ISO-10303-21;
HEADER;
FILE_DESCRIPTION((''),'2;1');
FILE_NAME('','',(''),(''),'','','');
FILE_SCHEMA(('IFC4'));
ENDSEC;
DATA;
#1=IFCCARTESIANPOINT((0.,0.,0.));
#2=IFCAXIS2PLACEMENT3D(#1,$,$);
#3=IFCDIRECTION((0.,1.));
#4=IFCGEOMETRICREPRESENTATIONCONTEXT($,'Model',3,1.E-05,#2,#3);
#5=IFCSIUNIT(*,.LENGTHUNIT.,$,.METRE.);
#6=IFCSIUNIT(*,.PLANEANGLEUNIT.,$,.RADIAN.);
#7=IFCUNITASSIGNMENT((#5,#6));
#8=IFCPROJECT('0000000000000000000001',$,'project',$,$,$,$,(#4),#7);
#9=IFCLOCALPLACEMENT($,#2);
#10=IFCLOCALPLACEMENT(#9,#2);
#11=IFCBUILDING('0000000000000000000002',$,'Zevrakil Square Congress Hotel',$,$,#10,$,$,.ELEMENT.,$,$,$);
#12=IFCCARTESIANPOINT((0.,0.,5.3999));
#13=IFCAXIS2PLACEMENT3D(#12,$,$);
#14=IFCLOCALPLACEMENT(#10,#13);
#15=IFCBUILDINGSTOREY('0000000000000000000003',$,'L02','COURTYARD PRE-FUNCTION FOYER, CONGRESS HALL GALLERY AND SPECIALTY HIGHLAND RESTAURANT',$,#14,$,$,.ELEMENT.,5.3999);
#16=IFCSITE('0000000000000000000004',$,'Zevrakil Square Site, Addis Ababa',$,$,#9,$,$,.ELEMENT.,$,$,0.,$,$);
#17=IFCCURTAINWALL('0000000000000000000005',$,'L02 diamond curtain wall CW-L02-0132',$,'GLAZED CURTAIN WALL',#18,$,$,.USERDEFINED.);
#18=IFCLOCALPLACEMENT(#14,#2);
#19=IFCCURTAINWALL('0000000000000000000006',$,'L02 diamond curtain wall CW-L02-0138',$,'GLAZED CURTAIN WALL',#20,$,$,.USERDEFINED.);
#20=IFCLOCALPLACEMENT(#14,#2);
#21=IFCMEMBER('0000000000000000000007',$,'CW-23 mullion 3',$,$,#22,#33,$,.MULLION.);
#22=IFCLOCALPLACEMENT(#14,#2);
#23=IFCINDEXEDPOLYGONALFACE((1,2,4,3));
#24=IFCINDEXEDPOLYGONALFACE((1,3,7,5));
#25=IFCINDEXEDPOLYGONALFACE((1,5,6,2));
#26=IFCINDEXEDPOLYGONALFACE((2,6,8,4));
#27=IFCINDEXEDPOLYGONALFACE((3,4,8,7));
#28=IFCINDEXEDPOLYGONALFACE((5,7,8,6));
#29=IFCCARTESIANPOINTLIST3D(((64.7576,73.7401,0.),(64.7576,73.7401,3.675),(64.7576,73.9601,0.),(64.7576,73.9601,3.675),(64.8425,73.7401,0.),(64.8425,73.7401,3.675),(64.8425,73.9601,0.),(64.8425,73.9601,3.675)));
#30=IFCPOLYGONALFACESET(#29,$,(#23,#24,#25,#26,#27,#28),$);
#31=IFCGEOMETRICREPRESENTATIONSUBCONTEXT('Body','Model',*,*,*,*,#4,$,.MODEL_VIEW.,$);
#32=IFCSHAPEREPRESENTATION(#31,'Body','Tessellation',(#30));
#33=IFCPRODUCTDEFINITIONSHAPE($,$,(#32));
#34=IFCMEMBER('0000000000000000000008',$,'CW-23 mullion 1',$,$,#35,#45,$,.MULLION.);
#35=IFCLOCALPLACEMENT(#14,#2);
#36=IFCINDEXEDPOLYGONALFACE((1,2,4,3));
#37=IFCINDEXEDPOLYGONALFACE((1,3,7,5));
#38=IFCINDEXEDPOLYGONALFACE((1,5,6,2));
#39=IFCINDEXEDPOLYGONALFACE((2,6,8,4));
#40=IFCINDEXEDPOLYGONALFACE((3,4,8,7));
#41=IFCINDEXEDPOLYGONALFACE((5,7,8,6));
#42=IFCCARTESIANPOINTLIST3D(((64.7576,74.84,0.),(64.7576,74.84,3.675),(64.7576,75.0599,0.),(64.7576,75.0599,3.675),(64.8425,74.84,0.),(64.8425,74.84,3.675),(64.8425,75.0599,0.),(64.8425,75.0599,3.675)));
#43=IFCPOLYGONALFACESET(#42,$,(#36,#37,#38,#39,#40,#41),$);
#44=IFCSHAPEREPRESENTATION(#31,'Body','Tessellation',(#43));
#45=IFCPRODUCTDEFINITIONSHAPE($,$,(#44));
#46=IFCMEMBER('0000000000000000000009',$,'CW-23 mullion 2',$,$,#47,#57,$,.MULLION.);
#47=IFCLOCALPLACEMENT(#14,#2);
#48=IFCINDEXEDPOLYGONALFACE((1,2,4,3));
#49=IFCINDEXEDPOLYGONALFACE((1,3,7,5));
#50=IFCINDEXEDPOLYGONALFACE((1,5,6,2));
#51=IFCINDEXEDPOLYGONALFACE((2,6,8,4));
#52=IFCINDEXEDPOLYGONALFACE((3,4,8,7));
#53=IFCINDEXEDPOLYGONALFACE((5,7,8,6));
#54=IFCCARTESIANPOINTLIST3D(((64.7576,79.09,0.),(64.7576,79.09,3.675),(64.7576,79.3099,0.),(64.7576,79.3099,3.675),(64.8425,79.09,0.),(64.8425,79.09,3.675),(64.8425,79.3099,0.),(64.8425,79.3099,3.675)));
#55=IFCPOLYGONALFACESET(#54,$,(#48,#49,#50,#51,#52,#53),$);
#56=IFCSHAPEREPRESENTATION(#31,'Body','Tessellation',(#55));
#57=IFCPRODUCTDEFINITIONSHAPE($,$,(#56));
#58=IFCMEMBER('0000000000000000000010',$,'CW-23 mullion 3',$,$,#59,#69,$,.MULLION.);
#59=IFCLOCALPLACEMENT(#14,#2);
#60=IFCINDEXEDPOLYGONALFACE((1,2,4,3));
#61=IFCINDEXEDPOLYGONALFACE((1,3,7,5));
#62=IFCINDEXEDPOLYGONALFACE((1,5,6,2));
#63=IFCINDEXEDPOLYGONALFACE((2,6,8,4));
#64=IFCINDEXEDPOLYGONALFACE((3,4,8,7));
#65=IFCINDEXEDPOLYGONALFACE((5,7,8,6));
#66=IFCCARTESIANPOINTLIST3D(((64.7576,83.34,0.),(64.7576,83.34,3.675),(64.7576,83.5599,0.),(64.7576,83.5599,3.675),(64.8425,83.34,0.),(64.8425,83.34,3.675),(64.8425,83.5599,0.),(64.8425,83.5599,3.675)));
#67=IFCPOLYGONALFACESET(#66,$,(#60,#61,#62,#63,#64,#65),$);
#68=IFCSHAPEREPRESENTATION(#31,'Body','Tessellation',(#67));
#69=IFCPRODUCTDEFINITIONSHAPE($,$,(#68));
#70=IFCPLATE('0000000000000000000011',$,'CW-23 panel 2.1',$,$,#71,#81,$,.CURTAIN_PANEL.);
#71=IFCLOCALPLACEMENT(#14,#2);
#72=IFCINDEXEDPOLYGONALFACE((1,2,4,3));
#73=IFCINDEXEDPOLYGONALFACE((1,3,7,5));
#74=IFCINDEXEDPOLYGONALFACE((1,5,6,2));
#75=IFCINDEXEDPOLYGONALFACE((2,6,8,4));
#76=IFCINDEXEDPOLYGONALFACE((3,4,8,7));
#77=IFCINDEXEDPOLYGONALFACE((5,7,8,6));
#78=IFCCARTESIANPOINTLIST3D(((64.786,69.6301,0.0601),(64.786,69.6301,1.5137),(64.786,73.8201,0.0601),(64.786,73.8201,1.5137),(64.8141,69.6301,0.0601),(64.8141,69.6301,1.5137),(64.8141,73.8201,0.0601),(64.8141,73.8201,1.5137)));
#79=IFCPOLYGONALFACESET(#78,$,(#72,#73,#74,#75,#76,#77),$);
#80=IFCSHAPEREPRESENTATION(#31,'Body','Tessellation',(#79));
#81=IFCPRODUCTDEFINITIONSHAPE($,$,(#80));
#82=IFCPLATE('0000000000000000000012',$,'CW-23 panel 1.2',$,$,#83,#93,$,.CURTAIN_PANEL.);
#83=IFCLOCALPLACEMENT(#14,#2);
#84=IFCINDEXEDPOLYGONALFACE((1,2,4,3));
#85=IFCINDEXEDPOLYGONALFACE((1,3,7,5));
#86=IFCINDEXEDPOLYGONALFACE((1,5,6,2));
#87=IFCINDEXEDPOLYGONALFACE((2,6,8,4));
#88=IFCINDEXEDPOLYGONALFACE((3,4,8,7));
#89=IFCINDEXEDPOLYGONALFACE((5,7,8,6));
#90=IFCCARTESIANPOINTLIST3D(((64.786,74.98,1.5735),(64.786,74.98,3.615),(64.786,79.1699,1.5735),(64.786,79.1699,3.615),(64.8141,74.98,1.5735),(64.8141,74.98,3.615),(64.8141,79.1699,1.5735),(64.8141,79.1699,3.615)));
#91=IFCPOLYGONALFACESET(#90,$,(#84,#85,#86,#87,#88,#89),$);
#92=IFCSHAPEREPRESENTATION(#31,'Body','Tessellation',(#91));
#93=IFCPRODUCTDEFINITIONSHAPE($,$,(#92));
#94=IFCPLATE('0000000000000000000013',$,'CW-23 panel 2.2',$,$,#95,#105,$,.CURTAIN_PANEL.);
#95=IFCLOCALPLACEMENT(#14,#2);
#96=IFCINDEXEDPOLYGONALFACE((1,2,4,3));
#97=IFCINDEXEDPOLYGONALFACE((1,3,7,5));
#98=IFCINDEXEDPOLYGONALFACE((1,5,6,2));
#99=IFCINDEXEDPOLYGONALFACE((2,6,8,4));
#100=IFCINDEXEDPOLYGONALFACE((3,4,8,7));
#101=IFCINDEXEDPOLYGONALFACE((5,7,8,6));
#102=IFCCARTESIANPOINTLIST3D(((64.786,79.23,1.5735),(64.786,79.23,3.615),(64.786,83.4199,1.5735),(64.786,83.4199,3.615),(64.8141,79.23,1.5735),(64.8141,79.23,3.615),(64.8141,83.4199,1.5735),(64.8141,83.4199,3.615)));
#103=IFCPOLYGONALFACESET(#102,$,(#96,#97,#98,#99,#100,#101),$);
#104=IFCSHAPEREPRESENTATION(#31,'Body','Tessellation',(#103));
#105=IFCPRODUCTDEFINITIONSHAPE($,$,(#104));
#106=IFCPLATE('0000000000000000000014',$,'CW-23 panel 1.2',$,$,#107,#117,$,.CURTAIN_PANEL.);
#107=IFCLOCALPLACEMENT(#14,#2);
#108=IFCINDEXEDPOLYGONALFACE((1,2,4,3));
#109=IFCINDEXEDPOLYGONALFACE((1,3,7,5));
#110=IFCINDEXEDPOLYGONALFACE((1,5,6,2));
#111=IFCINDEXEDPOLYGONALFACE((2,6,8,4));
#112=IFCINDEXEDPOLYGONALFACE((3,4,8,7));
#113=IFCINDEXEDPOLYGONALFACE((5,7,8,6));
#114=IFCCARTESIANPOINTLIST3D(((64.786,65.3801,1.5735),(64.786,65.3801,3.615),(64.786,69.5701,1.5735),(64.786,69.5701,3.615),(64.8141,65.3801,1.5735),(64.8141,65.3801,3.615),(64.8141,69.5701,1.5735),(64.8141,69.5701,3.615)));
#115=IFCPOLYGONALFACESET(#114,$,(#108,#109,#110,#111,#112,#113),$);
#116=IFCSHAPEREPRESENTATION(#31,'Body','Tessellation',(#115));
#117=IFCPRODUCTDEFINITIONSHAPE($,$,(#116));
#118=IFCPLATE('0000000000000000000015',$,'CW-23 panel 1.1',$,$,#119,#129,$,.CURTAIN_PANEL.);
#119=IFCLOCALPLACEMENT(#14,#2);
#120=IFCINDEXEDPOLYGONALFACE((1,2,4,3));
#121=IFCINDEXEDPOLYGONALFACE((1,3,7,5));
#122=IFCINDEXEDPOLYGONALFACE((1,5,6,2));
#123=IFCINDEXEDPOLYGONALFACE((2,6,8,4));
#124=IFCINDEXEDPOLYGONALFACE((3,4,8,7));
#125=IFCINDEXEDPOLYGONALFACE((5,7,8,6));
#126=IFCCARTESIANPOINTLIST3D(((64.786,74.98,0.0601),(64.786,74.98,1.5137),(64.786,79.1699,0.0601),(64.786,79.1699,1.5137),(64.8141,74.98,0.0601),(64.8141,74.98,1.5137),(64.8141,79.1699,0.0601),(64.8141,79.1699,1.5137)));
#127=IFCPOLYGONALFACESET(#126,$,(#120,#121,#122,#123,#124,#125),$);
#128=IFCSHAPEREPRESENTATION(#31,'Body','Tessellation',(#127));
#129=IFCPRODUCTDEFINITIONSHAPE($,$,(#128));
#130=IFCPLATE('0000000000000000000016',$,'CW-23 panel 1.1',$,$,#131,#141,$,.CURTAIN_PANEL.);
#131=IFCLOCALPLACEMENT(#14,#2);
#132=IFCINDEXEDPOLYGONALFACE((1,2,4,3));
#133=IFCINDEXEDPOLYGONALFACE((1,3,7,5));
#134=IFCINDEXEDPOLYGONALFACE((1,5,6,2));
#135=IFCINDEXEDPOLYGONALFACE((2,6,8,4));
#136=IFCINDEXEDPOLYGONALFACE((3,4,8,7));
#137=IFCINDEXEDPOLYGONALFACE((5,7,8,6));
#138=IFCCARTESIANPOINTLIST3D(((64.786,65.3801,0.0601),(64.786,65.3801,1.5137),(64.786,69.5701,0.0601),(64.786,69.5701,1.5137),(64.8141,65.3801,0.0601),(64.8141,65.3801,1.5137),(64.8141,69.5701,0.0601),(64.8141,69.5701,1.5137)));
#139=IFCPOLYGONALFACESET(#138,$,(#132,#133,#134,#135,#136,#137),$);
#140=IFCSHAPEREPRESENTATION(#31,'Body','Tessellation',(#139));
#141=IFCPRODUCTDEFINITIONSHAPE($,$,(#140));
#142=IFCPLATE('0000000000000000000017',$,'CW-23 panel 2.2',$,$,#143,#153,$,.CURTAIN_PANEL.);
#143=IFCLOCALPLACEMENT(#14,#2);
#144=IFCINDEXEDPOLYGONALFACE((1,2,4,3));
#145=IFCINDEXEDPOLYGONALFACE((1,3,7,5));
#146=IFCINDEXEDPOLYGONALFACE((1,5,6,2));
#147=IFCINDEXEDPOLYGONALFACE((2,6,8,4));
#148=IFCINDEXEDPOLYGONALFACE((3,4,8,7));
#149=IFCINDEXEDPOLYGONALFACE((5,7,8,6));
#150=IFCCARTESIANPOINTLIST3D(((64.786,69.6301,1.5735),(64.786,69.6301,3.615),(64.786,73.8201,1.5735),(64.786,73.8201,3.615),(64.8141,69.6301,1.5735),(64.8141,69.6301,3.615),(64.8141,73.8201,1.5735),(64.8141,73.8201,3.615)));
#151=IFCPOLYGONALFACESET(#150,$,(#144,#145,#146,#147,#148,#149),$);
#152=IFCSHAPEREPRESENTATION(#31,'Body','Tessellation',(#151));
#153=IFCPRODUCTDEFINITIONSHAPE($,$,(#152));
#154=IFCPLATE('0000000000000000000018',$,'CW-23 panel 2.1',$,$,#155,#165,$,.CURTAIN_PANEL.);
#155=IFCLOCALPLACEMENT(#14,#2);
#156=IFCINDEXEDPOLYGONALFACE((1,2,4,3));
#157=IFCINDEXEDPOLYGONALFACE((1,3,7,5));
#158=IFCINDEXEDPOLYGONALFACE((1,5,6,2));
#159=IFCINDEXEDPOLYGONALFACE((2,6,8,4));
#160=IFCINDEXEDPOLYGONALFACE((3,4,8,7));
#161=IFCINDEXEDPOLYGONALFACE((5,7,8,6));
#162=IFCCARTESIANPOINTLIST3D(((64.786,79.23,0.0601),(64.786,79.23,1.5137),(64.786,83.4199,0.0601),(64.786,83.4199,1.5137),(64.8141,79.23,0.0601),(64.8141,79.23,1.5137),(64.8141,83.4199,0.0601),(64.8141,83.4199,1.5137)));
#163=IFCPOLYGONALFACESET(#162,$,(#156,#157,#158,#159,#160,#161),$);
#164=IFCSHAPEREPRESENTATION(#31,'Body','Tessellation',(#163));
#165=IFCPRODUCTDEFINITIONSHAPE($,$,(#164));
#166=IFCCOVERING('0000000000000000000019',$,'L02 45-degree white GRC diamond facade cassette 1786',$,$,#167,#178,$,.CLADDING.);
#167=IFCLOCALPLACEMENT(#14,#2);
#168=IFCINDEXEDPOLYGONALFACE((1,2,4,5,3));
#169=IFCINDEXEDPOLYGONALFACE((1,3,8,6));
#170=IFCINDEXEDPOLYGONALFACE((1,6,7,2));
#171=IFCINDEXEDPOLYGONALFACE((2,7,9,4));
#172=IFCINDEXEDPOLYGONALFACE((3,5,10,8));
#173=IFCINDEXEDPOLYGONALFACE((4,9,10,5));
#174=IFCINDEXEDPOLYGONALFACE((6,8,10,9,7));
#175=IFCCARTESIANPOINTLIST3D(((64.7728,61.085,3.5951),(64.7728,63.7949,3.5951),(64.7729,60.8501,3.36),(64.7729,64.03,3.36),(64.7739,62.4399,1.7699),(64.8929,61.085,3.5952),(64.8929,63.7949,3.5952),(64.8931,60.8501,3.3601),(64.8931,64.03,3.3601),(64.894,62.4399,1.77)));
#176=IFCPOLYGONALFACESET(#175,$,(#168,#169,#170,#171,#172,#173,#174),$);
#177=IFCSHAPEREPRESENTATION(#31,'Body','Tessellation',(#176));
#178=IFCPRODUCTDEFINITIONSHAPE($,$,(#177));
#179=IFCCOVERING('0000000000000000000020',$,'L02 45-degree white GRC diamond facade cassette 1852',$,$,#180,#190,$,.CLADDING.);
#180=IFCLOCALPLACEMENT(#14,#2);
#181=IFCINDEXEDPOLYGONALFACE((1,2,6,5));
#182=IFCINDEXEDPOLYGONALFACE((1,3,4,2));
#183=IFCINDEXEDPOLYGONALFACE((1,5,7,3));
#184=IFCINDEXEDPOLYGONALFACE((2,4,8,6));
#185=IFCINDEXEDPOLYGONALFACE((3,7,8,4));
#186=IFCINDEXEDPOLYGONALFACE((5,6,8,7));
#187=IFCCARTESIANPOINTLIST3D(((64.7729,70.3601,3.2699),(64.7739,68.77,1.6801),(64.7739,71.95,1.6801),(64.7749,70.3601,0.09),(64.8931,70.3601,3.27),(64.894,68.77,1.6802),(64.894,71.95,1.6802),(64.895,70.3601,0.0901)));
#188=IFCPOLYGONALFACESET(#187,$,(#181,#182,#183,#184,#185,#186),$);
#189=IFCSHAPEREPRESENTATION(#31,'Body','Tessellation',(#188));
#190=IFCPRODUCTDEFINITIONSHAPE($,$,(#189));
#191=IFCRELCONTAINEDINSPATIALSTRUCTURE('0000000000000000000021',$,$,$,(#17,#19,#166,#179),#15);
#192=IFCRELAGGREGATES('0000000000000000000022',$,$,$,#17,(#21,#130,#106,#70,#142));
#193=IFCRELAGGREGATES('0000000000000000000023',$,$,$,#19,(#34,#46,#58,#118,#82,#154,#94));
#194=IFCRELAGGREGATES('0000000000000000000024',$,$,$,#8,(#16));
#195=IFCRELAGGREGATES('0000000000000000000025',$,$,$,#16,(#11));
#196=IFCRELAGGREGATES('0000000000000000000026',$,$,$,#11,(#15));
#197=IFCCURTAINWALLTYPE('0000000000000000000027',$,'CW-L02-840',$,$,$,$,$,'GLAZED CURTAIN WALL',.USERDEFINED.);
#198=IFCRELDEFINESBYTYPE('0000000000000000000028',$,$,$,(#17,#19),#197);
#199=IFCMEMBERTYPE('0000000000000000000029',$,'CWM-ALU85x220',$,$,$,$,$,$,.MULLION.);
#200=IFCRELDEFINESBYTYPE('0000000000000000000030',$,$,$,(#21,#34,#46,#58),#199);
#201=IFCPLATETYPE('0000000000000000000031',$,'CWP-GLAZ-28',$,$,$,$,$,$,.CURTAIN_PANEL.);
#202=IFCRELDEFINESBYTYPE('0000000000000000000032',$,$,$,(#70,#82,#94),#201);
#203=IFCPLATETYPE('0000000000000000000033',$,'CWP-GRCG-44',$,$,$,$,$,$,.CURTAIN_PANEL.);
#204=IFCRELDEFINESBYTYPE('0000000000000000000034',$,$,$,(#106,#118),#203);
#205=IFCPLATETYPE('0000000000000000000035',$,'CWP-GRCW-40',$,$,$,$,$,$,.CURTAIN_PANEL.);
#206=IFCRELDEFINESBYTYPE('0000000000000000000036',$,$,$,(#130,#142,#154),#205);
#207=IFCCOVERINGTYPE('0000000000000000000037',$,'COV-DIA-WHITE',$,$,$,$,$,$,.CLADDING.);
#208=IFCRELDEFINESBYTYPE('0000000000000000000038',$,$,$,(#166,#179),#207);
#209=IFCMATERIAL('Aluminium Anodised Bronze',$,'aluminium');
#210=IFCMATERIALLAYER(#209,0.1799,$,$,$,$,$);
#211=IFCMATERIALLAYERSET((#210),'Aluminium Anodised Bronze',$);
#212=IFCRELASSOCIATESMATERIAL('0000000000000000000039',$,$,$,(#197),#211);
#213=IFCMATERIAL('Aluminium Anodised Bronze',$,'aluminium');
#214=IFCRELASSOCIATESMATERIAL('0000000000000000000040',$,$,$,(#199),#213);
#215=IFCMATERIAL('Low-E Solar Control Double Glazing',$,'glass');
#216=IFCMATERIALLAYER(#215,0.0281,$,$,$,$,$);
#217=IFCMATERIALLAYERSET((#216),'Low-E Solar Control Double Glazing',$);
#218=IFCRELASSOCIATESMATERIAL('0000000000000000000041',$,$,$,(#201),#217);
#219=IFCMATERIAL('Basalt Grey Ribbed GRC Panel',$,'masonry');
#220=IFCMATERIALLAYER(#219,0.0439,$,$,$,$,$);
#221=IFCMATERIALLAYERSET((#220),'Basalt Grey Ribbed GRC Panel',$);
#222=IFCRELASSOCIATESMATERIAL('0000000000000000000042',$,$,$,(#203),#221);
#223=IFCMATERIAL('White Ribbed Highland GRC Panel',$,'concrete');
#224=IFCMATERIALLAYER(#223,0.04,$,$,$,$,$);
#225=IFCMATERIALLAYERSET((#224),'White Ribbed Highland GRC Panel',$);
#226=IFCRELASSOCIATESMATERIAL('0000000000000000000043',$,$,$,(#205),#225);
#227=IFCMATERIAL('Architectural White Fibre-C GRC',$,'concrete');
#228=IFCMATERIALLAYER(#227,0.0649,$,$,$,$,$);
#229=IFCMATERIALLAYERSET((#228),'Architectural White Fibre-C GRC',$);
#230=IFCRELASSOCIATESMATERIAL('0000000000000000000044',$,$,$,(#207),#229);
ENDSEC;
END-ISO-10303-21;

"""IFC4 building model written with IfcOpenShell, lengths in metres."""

from ifc_helpers import new_model, si_unit, direction, frame, origin, origin_2d, place, context, subcontext, project, spatial, polyline, rectangle, outline, extrude, material, layer, layer_set, material_profile, profile_set, type_object, element, aggregate, save


model = new_model("IFC4")

# Units and contexts
model_context = context("Model", 3, precision=1e-05, world=origin(), true_north=direction((0.0, 1.0)))
body_context = subcontext(model_context, "Body", "Model", "MODEL_VIEW")
ifc_project = project(units=[si_unit("LENGTHUNIT", "METRE"), si_unit("PLANEANGLEUNIT", "RADIAN")], contexts=[model_context])

# Site, building, storey
site_placement = place(None, origin())
site = spatial("IfcSite", under=ifc_project, at=site_placement, Name="Zevrakil Square Site, Addis Ababa", CompositionType="ELEMENT", RefElevation=0.0)
building_placement = place(site_placement, origin())
building = spatial("IfcBuilding", under=site, at=building_placement, Name="Zevrakil Square Congress Hotel", CompositionType="ELEMENT")
storey_placement = place(building_placement, frame((0.0, 0.0, 5.3999)))
storey = spatial("IfcBuildingStorey", under=building, at=storey_placement, Name="L02", Description="COURTYARD PRE-FUNCTION FOYER, CONGRESS HALL GALLERY AND SPECIALTY HIGHLAND RESTAURANT", CompositionType="ELEMENT", Elevation=5.3999)

# Curtain walls
ifc_material_1 = material(Name="Aluminium Anodised Bronze", Category="aluminium")
ifc_layer_1 = layer(ifc_material_1, 0.1799)
ifc_layer_set_1 = layer_set([ifc_layer_1], Name="Aluminium Anodised Bronze")
curtain_wall_type = type_object("IfcCurtainWallType", Name="CW-L02-840", ElementType="GLAZED CURTAIN WALL", PredefinedType="USERDEFINED", material=ifc_layer_set_1)
curtain_wall_1_placement = place(storey_placement, origin())
curtain_wall_1 = element("IfcCurtainWall", 1, at=curtain_wall_1_placement, inside=storey, type_object=curtain_wall_type, Name="L02 diamond curtain wall CW-L02-0132", ObjectType="GLAZED CURTAIN WALL", PredefinedType="USERDEFINED")
curtain_wall_2_placement = place(storey_placement, origin())
curtain_wall_2 = element("IfcCurtainWall", 2, at=curtain_wall_2_placement, inside=storey, type_object=curtain_wall_type, Name="L02 diamond curtain wall CW-L02-0138", ObjectType="GLAZED CURTAIN WALL", PredefinedType="USERDEFINED")

# Shared definitions
ifc_material_2 = material(Name="Aluminium Anodised Bronze", Category="aluminium")
ifc_material_profile_1 = material_profile(ifc_material_2, rectangle(XDim=0.085, YDim=0.22, at=origin_2d()), Name="ALU 85x220")
ifc_profile_set_1 = profile_set([ifc_material_profile_1], Name="Aluminium Anodised Bronze")
member_type_1 = type_object("IfcMemberType", Name="CWM-ALU85x220", PredefinedType="MULLION", material=ifc_profile_set_1)

# Members
member_1_placement = place(storey_placement, frame((64.8, 73.8501, 0.0), z_axis=(0.0, 0.0, 1.0), x_axis=(-1.0, 0.0, 0.0)))
member_1 = element("IfcMember", 3, at=member_1_placement, type_object=member_type_1, Name="CW-23 mullion 3", PredefinedType="MULLION", context=body_context, shape_type="SweptSolid", body=[
    extrude(rectangle(XDim=0.085, YDim=0.22, at=origin_2d()), origin(), (0.0, 0.0, 1.0), 3.675),
])
member_2_placement = place(storey_placement, frame((64.8, 74.95, 0.0), z_axis=(0.0, 0.0, 1.0), x_axis=(-1.0, 0.0, 0.0)))
member_2 = element("IfcMember", 4, at=member_2_placement, type_object=member_type_1, Name="CW-23 mullion 1", PredefinedType="MULLION", context=body_context, shape_type="SweptSolid", body=[
    extrude(rectangle(XDim=0.085, YDim=0.22, at=origin_2d()), origin(), (0.0, 0.0, 1.0), 3.675),
])
member_3_placement = place(storey_placement, frame((64.8, 79.2, 0.0), z_axis=(0.0, 0.0, 1.0), x_axis=(-1.0, 0.0, 0.0)))
member_3 = element("IfcMember", 5, at=member_3_placement, type_object=member_type_1, Name="CW-23 mullion 2", PredefinedType="MULLION", context=body_context, shape_type="SweptSolid", body=[
    extrude(rectangle(XDim=0.085, YDim=0.22, at=origin_2d()), origin(), (0.0, 0.0, 1.0), 3.675),
])
member_4_placement = place(storey_placement, frame((64.8, 83.45, 0.0), z_axis=(0.0, 0.0, 1.0), x_axis=(-1.0, 0.0, 0.0)))
member_4 = element("IfcMember", 6, at=member_4_placement, type_object=member_type_1, Name="CW-23 mullion 3", PredefinedType="MULLION", context=body_context, shape_type="SweptSolid", body=[
    extrude(rectangle(XDim=0.085, YDim=0.22, at=origin_2d()), origin(), (0.0, 0.0, 1.0), 3.675),
])

# Plates
ifc_material_3 = material(Name="Low-E Solar Control Double Glazing", Category="glass")
ifc_layer_2 = layer(ifc_material_3, 0.0281)
ifc_layer_set_2 = layer_set([ifc_layer_2], Name="Low-E Solar Control Double Glazing")
plate_type_1 = type_object("IfcPlateType", Name="CWP-GLAZ-28", PredefinedType="CURTAIN_PANEL", material=ifc_layer_set_2)
plate_1_placement = place(storey_placement, frame((64.8, 71.7251, 0.0601), z_axis=(0.0, 0.0, 1.0), x_axis=(0.0, 1.0, 0.0)))
plate_1 = element("IfcPlate", 7, at=plate_1_placement, type_object=plate_type_1, Name="CW-23 panel 2.1", PredefinedType="CURTAIN_PANEL", context=body_context, shape_type="SweptSolid", body=[
    extrude(rectangle(XDim=4.1899, YDim=0.0281, at=origin_2d()), origin(), (0.0, 0.0, 1.0), 1.4536),
])
plate_2_placement = place(storey_placement, frame((64.8, 77.075, 1.5735), z_axis=(0.0, 0.0, 1.0), x_axis=(0.0, 1.0, 0.0)))
plate_2 = element("IfcPlate", 8, at=plate_2_placement, type_object=plate_type_1, Name="CW-23 panel 1.2", PredefinedType="CURTAIN_PANEL", context=body_context, shape_type="SweptSolid", body=[
    extrude(rectangle(XDim=4.1899, YDim=0.0281, at=origin_2d()), origin(), (0.0, 0.0, 1.0), 2.0415),
])
plate_3_placement = place(storey_placement, frame((64.8, 81.325, 1.5735), z_axis=(0.0, 0.0, 1.0), x_axis=(0.0, 1.0, 0.0)))
plate_3 = element("IfcPlate", 9, at=plate_3_placement, type_object=plate_type_1, Name="CW-23 panel 2.2", PredefinedType="CURTAIN_PANEL", context=body_context, shape_type="SweptSolid", body=[
    extrude(rectangle(XDim=4.1899, YDim=0.0281, at=origin_2d()), origin(), (0.0, 0.0, 1.0), 2.0415),
])
ifc_material_4 = material(Name="Basalt Grey Ribbed GRC Panel", Category="masonry")
ifc_layer_3 = layer(ifc_material_4, 0.0439)
ifc_layer_set_3 = layer_set([ifc_layer_3], Name="Basalt Grey Ribbed GRC Panel")
plate_type_2 = type_object("IfcPlateType", Name="CWP-GRCG-44", PredefinedType="CURTAIN_PANEL", material=ifc_layer_set_3)
plate_4_placement = place(storey_placement, frame((64.8, 67.4751, 1.5735), z_axis=(0.0, 0.0, 1.0), x_axis=(0.0, 1.0, 0.0)))
plate_4 = element("IfcPlate", 10, at=plate_4_placement, type_object=plate_type_2, Name="CW-23 panel 1.2", PredefinedType="CURTAIN_PANEL", context=body_context, shape_type="SweptSolid", body=[
    extrude(rectangle(XDim=4.1899, YDim=0.0281, at=origin_2d()), origin(), (0.0, 0.0, 1.0), 2.0415),
])
plate_5_placement = place(storey_placement, frame((64.8, 77.075, 0.0601), z_axis=(0.0, 0.0, 1.0), x_axis=(0.0, 1.0, 0.0)))
plate_5 = element("IfcPlate", 11, at=plate_5_placement, type_object=plate_type_2, Name="CW-23 panel 1.1", PredefinedType="CURTAIN_PANEL", context=body_context, shape_type="SweptSolid", body=[
    extrude(rectangle(XDim=4.1899, YDim=0.0281, at=origin_2d()), origin(), (0.0, 0.0, 1.0), 1.4536),
])
ifc_material_5 = material(Name="White Ribbed Highland GRC Panel", Category="concrete")
ifc_layer_4 = layer(ifc_material_5, 0.04)
ifc_layer_set_4 = layer_set([ifc_layer_4], Name="White Ribbed Highland GRC Panel")
plate_type_3 = type_object("IfcPlateType", Name="CWP-GRCW-40", PredefinedType="CURTAIN_PANEL", material=ifc_layer_set_4)
plate_6_placement = place(storey_placement, frame((64.8, 67.4751, 0.0601), z_axis=(0.0, 0.0, 1.0), x_axis=(0.0, 1.0, 0.0)))
plate_6 = element("IfcPlate", 12, at=plate_6_placement, type_object=plate_type_3, Name="CW-23 panel 1.1", PredefinedType="CURTAIN_PANEL", context=body_context, shape_type="SweptSolid", body=[
    extrude(rectangle(XDim=4.1899, YDim=0.0281, at=origin_2d()), origin(), (0.0, 0.0, 1.0), 1.4536),
])
plate_7_placement = place(storey_placement, frame((64.8, 71.7251, 1.5735), z_axis=(0.0, 0.0, 1.0), x_axis=(0.0, 1.0, 0.0)))
plate_7 = element("IfcPlate", 13, at=plate_7_placement, type_object=plate_type_3, Name="CW-23 panel 2.2", PredefinedType="CURTAIN_PANEL", context=body_context, shape_type="SweptSolid", body=[
    extrude(rectangle(XDim=4.1899, YDim=0.0281, at=origin_2d()), origin(), (0.0, 0.0, 1.0), 2.0415),
])
aggregate(curtain_wall_1, [member_1, plate_6, plate_4, plate_1, plate_7])
plate_8_placement = place(storey_placement, frame((64.8, 81.325, 0.0601), z_axis=(0.0, 0.0, 1.0), x_axis=(0.0, 1.0, 0.0)))
plate_8 = element("IfcPlate", 14, at=plate_8_placement, type_object=plate_type_3, Name="CW-23 panel 2.1", PredefinedType="CURTAIN_PANEL", context=body_context, shape_type="SweptSolid", body=[
    extrude(rectangle(XDim=4.1899, YDim=0.0281, at=origin_2d()), origin(), (0.0, 0.0, 1.0), 1.4536),
])
aggregate(curtain_wall_2, [member_2, member_3, member_4, plate_5, plate_2, plate_8, plate_3])

# Coverings
ifc_material_6 = material(Name="Architectural White Fibre-C GRC", Category="concrete")
ifc_layer_5 = layer(ifc_material_6, 0.0649)
ifc_layer_set_5 = layer_set([ifc_layer_5], Name="Architectural White Fibre-C GRC")
covering_type = type_object("IfcCoveringType", Name="COV-DIA-WHITE", PredefinedType="CLADDING", material=ifc_layer_set_5)
covering_1_placement = place(storey_placement, frame((64.8931, 64.03, 3.3601), z_axis=(1.0, 0.0, 0.000585), x_axis=(0.000414, -0.707107, -0.707107)))
element("IfcCovering", 15, at=covering_1_placement, inside=storey, type_object=covering_type, Name="L02 45-degree white GRC diamond facade cassette 1786", PredefinedType="CLADDING", context=body_context, shape_type="SweptSolid", body=[
    extrude(outline(polyline([(0.0, 0.0), (2.2487, 0.0), (2.2486, -2.2486), (1.9162, -2.2487), (0.0, -0.3325), (0.0, 0.0)])), origin(), (0.0, 0.0, -1.0), 0.1201),
])
covering_2_placement = place(storey_placement, frame((64.8931, 70.3601, 3.27), z_axis=(1.0, 0.0, 0.000614), x_axis=(0.000434, 0.707107, -0.707107)))
element("IfcCovering", 16, at=covering_2_placement, inside=storey, type_object=covering_type, Name="L02 45-degree white GRC diamond facade cassette 1852", PredefinedType="CLADDING", context=body_context, shape_type="SweptSolid", body=[
    extrude(outline(polyline([(0.0, 0.0), (2.2484, 0.0), (2.2486, -2.2486), (-0.0002, -2.2486), (0.0, 0.0)])), origin(), (0.0, 0.0, -1.0), 0.1201),
])

save(model, "model.ifc")
